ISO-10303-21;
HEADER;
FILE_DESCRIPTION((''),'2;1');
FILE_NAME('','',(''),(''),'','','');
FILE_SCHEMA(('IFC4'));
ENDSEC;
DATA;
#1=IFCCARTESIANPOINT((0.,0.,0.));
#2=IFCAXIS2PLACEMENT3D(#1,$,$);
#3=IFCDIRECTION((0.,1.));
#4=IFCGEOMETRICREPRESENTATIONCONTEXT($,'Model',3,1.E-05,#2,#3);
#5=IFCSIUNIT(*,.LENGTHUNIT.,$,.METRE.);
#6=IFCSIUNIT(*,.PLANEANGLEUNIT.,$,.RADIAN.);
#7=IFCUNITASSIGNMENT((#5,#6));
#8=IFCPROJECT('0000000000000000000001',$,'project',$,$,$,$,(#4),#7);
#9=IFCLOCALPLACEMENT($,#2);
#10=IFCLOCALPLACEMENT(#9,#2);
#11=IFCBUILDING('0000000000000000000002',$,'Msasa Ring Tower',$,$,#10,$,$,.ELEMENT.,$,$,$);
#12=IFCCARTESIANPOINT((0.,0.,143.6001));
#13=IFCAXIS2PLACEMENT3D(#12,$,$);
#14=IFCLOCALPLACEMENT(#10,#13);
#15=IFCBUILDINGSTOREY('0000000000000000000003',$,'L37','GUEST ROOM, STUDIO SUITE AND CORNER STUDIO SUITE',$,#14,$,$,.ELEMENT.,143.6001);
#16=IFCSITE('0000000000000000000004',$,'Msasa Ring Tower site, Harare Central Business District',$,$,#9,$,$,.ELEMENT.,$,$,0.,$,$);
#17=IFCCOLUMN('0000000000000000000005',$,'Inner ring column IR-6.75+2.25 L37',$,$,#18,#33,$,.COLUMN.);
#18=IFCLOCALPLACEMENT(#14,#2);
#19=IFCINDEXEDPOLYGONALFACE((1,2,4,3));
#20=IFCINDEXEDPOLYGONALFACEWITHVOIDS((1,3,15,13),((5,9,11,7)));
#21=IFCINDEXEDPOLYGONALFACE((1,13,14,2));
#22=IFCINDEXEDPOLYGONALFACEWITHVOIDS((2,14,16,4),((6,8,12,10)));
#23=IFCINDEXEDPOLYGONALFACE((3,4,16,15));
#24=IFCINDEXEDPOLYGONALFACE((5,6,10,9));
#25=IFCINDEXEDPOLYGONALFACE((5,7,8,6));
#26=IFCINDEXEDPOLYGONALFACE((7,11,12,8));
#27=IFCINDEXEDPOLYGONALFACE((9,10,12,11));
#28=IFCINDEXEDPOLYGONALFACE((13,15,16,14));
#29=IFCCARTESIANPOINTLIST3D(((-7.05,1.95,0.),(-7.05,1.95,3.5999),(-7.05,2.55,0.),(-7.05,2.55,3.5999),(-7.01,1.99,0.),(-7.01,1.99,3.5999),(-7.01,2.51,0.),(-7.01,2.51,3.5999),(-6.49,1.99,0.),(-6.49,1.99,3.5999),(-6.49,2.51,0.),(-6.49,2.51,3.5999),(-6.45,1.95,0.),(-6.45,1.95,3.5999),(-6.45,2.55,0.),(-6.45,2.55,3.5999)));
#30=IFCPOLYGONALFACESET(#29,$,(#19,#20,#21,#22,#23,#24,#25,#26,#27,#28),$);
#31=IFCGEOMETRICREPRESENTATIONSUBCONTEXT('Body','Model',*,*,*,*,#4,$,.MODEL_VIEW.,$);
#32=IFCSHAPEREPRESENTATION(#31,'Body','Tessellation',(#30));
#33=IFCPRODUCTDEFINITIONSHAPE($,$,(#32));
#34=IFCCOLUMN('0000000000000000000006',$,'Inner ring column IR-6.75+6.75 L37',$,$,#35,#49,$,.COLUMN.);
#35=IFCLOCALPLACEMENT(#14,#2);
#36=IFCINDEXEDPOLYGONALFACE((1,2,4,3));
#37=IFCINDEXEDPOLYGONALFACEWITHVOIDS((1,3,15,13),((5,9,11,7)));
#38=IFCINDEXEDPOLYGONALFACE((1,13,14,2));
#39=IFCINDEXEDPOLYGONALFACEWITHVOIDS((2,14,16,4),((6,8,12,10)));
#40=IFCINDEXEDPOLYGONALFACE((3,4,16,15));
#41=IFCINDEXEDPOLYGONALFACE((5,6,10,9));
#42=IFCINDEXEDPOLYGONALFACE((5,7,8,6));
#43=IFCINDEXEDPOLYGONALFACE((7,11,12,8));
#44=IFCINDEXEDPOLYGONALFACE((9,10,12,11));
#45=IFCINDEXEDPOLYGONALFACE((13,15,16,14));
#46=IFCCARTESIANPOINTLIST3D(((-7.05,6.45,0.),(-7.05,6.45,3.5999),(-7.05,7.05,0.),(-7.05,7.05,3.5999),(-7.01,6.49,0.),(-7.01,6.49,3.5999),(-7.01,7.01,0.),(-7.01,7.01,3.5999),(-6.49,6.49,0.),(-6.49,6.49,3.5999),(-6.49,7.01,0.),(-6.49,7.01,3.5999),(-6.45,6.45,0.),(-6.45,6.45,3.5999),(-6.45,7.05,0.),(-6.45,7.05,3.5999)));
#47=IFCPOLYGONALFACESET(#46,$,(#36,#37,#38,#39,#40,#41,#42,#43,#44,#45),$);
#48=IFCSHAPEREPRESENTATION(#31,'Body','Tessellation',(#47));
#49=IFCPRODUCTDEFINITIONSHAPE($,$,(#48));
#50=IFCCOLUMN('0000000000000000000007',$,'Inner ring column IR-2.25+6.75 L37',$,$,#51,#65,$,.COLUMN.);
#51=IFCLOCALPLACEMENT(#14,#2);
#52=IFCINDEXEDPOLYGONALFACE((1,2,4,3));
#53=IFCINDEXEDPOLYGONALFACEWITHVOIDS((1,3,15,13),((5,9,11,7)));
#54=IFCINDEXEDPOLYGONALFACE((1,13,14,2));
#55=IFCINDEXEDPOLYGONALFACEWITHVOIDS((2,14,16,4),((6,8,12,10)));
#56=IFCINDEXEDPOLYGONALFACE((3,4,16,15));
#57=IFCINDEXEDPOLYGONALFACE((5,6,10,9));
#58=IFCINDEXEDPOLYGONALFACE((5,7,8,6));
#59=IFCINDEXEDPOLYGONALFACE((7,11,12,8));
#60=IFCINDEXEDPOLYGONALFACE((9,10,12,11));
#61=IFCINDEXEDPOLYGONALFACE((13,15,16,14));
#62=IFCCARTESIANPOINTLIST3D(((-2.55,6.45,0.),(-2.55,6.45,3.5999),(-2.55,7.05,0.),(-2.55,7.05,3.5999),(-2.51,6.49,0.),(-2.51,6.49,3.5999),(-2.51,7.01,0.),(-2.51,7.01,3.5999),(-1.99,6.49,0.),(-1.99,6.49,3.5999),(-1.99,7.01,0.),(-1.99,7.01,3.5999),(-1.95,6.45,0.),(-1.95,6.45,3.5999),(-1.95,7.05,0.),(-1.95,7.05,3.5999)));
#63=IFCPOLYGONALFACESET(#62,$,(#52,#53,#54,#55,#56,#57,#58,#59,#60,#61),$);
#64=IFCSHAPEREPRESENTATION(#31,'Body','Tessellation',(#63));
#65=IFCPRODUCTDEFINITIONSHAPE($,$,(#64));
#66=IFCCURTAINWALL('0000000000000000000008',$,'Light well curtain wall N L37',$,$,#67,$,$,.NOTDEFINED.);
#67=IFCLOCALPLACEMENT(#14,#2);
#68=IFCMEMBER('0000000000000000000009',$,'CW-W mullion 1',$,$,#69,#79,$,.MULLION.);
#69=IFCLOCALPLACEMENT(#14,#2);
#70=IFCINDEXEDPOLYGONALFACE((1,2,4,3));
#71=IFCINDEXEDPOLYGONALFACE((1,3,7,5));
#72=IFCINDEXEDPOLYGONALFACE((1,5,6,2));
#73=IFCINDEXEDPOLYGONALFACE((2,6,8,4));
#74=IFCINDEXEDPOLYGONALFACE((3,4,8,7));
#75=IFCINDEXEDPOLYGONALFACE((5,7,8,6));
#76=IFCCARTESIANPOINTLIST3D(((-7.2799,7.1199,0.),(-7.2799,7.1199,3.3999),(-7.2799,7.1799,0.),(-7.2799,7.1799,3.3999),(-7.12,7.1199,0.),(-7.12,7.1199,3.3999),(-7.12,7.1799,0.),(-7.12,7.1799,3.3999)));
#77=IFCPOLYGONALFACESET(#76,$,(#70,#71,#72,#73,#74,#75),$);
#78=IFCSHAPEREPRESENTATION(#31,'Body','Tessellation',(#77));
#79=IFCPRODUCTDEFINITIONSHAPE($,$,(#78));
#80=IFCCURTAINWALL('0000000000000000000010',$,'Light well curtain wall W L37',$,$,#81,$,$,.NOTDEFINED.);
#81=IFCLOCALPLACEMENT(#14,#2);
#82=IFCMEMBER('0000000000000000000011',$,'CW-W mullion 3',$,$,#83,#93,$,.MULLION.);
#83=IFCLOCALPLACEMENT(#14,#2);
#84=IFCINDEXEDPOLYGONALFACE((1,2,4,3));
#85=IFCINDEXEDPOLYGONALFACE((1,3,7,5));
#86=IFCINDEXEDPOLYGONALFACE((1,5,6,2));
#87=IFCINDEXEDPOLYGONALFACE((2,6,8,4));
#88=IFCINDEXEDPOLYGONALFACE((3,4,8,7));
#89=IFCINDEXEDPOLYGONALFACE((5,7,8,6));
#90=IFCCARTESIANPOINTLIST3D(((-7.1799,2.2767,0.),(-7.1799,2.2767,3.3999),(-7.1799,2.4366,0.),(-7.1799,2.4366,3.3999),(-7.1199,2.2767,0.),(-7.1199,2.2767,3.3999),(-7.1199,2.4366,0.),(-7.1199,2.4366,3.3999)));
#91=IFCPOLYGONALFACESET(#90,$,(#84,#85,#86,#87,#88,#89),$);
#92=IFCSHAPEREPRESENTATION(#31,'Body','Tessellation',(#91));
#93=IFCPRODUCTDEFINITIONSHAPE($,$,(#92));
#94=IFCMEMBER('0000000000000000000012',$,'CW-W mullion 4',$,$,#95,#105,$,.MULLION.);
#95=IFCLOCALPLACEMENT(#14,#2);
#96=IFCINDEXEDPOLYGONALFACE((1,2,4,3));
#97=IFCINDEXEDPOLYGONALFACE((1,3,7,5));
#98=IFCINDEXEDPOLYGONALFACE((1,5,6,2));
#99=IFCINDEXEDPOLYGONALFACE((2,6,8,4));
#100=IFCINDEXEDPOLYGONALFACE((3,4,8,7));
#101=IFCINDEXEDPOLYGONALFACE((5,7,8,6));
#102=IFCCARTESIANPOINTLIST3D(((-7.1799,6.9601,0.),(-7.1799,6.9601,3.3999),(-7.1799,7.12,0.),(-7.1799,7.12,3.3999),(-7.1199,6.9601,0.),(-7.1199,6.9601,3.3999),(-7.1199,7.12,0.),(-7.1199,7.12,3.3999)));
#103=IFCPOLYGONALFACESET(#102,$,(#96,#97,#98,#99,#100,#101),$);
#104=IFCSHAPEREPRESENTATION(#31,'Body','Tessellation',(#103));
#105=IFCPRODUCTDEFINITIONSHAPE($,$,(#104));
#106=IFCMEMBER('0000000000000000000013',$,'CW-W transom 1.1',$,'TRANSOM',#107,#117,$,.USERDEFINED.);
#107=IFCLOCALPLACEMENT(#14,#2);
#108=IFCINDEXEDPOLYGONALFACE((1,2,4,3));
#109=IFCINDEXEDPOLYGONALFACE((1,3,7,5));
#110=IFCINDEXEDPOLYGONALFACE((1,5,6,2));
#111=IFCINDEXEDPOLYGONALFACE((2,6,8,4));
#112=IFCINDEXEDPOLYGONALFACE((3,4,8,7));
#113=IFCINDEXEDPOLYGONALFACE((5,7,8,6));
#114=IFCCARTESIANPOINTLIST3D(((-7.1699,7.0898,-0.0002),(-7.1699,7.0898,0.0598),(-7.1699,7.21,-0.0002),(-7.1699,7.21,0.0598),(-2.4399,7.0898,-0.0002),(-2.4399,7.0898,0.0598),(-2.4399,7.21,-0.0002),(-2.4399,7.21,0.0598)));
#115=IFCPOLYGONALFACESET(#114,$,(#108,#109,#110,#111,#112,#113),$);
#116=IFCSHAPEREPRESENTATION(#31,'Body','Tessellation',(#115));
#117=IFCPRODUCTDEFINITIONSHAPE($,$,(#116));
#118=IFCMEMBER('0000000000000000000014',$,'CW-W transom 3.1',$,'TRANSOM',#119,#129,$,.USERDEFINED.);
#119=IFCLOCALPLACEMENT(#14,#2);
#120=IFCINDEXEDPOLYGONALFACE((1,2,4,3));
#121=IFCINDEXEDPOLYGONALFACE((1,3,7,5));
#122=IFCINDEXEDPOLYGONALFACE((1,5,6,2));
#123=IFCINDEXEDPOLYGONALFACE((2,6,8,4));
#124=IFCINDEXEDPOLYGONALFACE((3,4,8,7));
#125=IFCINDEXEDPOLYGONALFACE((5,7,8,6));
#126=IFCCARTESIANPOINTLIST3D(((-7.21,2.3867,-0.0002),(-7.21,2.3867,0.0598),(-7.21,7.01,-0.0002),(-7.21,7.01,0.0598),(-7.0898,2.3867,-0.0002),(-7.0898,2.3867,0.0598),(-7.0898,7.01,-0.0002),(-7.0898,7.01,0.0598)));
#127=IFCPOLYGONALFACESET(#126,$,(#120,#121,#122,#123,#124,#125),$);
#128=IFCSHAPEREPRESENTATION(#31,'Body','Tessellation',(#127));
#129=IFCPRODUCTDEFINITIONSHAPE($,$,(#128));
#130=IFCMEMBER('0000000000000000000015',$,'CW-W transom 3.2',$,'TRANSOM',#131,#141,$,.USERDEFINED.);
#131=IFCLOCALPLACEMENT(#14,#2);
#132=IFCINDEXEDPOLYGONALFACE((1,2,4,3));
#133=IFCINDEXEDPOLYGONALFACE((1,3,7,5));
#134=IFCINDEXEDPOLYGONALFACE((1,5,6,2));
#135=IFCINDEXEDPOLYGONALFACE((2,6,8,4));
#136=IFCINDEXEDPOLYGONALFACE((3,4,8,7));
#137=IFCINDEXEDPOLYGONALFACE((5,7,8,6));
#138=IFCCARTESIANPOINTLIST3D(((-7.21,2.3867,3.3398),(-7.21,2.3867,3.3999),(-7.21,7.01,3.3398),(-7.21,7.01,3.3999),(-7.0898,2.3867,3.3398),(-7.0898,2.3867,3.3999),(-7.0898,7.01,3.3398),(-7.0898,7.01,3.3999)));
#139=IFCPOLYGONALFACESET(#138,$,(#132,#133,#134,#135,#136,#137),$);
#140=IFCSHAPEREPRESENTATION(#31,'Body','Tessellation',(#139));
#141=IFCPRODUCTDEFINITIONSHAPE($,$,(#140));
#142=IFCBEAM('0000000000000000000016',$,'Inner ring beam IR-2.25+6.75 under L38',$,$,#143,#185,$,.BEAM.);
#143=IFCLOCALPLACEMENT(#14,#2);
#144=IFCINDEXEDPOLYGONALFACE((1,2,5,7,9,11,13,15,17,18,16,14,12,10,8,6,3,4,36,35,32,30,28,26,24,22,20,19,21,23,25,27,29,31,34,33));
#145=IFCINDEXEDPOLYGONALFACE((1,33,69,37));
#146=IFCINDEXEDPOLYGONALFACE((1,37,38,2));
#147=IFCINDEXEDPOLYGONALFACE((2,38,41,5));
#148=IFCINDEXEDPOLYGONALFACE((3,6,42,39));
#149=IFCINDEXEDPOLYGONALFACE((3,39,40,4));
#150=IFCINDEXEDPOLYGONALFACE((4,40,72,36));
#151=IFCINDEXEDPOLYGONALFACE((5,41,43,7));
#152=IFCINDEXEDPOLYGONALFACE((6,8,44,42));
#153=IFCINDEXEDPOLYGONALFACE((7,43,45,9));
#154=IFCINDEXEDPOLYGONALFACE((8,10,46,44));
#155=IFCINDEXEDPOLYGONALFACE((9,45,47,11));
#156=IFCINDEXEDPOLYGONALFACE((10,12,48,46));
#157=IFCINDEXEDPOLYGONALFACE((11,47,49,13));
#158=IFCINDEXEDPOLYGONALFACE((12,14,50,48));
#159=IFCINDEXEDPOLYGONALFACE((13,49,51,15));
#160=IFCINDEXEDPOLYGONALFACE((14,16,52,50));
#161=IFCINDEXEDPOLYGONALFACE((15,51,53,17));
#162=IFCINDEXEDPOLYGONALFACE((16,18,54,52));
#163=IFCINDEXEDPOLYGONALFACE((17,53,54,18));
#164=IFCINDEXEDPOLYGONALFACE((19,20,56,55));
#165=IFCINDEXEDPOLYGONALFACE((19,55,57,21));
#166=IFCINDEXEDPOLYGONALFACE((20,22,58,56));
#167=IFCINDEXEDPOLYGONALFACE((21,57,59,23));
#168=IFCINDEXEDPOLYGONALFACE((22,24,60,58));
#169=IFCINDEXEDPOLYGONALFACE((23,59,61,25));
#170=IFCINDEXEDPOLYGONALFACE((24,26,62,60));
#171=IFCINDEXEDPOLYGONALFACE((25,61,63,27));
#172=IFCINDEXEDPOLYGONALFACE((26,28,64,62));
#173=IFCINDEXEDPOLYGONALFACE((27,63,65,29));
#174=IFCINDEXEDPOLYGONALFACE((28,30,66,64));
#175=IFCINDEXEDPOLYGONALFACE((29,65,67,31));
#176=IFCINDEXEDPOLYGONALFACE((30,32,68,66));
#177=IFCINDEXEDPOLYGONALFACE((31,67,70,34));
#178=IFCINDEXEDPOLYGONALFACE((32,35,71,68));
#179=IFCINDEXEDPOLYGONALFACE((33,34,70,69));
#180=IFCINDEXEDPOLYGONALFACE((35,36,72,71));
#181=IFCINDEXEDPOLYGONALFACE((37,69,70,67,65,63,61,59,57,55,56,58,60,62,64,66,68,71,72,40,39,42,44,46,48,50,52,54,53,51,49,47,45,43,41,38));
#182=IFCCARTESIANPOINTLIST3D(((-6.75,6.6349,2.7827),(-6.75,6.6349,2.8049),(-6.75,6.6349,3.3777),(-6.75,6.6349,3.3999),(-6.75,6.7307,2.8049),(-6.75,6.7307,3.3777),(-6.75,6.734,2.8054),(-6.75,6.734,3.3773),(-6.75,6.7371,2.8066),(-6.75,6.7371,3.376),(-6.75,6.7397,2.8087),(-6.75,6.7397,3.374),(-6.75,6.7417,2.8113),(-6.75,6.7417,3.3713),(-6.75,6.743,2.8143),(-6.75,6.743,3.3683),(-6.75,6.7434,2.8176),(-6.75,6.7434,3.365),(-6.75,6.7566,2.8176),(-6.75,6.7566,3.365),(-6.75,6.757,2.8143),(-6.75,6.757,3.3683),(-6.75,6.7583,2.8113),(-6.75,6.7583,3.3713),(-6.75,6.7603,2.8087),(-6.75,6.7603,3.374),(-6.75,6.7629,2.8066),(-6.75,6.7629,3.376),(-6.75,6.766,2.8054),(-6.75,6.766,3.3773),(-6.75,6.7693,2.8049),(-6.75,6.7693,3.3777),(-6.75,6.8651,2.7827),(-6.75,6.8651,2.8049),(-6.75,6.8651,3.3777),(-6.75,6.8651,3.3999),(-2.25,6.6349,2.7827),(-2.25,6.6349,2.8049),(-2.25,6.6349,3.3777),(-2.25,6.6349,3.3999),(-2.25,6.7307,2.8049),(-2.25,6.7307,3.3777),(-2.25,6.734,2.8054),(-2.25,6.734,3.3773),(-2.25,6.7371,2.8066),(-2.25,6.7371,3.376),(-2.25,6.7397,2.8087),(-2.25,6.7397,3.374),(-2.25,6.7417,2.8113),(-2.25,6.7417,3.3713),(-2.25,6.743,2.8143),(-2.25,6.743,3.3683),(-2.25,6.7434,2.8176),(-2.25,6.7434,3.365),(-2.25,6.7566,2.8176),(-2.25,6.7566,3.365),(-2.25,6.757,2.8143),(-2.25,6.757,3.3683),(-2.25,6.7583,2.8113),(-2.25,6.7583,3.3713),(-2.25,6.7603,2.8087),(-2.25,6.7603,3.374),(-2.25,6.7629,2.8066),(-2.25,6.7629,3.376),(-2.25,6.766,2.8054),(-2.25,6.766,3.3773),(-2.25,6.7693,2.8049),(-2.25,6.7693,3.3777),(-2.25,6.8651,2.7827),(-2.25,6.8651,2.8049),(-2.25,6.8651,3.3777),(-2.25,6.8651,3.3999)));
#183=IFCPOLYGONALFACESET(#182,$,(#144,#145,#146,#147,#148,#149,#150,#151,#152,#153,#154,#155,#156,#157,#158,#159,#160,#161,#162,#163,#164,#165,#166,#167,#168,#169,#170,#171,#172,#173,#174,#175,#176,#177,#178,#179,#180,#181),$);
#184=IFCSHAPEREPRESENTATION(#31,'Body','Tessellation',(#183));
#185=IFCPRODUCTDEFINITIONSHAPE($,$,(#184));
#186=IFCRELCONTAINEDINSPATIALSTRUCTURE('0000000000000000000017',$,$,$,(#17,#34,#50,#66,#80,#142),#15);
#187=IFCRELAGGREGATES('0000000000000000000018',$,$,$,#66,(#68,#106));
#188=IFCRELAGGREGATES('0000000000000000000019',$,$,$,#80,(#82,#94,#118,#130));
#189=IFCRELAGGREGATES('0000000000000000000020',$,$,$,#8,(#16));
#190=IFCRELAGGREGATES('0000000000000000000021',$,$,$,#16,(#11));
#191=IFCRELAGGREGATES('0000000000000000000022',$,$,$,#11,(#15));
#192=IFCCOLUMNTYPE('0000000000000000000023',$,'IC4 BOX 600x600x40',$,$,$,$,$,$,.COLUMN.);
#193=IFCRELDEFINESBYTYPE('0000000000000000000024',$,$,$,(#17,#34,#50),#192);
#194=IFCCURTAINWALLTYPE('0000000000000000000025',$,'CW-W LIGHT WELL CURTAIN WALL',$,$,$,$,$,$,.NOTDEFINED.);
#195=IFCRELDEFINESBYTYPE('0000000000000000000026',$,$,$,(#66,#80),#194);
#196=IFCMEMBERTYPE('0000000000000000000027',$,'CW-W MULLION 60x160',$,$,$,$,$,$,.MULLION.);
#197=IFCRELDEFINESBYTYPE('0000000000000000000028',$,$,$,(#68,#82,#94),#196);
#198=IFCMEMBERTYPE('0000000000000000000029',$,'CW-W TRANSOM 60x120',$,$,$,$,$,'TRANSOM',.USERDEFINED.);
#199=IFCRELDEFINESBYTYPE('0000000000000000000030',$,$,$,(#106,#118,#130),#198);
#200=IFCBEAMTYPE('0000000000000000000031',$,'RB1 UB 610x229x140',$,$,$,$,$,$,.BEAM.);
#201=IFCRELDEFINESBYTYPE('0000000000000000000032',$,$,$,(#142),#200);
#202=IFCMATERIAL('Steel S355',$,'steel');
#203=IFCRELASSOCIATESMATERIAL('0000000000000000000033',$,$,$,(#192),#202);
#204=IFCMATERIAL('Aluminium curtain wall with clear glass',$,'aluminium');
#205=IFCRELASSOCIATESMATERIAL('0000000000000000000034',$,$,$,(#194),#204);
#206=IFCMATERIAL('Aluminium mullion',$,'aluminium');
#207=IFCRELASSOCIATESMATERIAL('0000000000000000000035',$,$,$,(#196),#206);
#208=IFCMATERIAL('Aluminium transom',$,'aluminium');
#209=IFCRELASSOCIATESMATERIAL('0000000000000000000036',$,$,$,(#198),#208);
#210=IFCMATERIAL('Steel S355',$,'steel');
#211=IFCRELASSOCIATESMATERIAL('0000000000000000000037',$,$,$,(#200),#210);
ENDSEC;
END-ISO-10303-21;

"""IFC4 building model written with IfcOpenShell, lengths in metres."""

from ifc_helpers import new_model, si_unit, direction, frame, origin, origin_2d, place, context, subcontext, project, spatial, rectangle, hollow_rectangle, i_section, extrude, material, material_profile, profile_set, type_object, element, aggregate, save


model = new_model("IFC4")

# Units and contexts
model_context = context("Model", 3, precision=1e-05, world=origin(), true_north=direction((0.0, 1.0)))
body_context = subcontext(model_context, "Body", "Model", "MODEL_VIEW")
ifc_project = project(units=[si_unit("LENGTHUNIT", "METRE"), si_unit("PLANEANGLEUNIT", "RADIAN")], contexts=[model_context])

# Site, building, storey
site_placement = place(None, origin())
site = spatial("IfcSite", under=ifc_project, at=site_placement, Name="Msasa Ring Tower site, Harare Central Business District", CompositionType="ELEMENT", RefElevation=0.0)
building_placement = place(site_placement, origin())
building = spatial("IfcBuilding", under=site, at=building_placement, Name="Msasa Ring Tower", CompositionType="ELEMENT")
storey_placement = place(building_placement, frame((0.0, 0.0, 143.6001)))
storey = spatial("IfcBuildingStorey", under=building, at=storey_placement, Name="L37", Description="GUEST ROOM, STUDIO SUITE AND CORNER STUDIO SUITE", CompositionType="ELEMENT", Elevation=143.6001)

# Columns
ifc_material_1 = material(Name="Steel S355", Category="steel")
ifc_material_profile_1 = material_profile(ifc_material_1, hollow_rectangle(XDim=0.6001, YDim=0.6001, WallThickness=0.04, at=origin_2d()), Name="BOX 600x600x40")
ifc_profile_set_1 = profile_set([ifc_material_profile_1], Name="Steel S355")
column_type = type_object("IfcColumnType", Name="IC4 BOX 600x600x40", PredefinedType="COLUMN", material=ifc_profile_set_1)
for number, where, z_axis, x_axis, name in (
    (1, (-6.75, 2.25, 0.0), (0.0, 0.0, 1.0), (1.0, 0.0, 0.0), "Inner ring column IR-6.75+2.25 L37"),
    (2, (-6.75, 6.75, 0.0), (0.0, 0.0, 1.0), (1.0, 0.0, 0.0), "Inner ring column IR-6.75+6.75 L37"),
    (3, (-2.25, 6.75, 0.0), (0.0, 0.0, 1.0), (1.0, 0.0, 0.0), "Inner ring column IR-2.25+6.75 L37"),
):
    element("IfcColumn", number, at=place(storey_placement, frame(where, z_axis=z_axis, x_axis=x_axis)), inside=storey, type_object=column_type, Name=name, PredefinedType="COLUMN", context=body_context, shape_type="SweptSolid", body=[
        extrude(hollow_rectangle(XDim=0.6001, YDim=0.6001, WallThickness=0.04, at=origin_2d()), origin(), (0.0, 0.0, 1.0), 3.5999),
    ])

# Curtain wall, member
ifc_material_2 = material(Name="Aluminium curtain wall with clear glass", Category="aluminium")
curtain_wall_type = type_object("IfcCurtainWallType", Name="CW-W LIGHT WELL CURTAIN WALL", PredefinedType="NOTDEFINED", material=ifc_material_2)
curtain_wall_1_placement = place(storey_placement, origin())
curtain_wall_1 = element("IfcCurtainWall", 4, at=curtain_wall_1_placement, inside=storey, type_object=curtain_wall_type, Name="Light well curtain wall N L37", PredefinedType="NOTDEFINED")
ifc_material_3 = material(Name="Aluminium mullion", Category="aluminium")
ifc_material_profile_2 = material_profile(ifc_material_3, rectangle(XDim=0.0601, YDim=0.1599, at=origin_2d()), Name="AL 60x160")
ifc_profile_set_2 = profile_set([ifc_material_profile_2], Name="Aluminium mullion")
member_type_1 = type_object("IfcMemberType", Name="CW-W MULLION 60x160", PredefinedType="MULLION", material=ifc_profile_set_2)
member_1_placement = place(storey_placement, frame((-7.2, 7.1499, 0.0), z_axis=(0.0, 0.0, 1.0), x_axis=(0.0, 1.0, 0.0)))
member_1 = element("IfcMember", 5, at=member_1_placement, type_object=member_type_1, Name="CW-W mullion 1", PredefinedType="MULLION", context=body_context, shape_type="SweptSolid", body=[
    extrude(rectangle(XDim=0.0601, YDim=0.1599, at=origin_2d()), origin(), (0.0, 0.0, 1.0), 3.3999),
])

# Curtain wall, members
curtain_wall_2_placement = place(storey_placement, origin())
curtain_wall_2 = element("IfcCurtainWall", 6, at=curtain_wall_2_placement, inside=storey, type_object=curtain_wall_type, Name="Light well curtain wall W L37", PredefinedType="NOTDEFINED")
member_2_placement = place(storey_placement, frame((-7.1499, 2.3567, 0.0), z_axis=(0.0, 0.0, 1.0), x_axis=(-1.0, 0.0, 0.0)))
member_2 = element("IfcMember", 7, at=member_2_placement, type_object=member_type_1, Name="CW-W mullion 3", PredefinedType="MULLION", context=body_context, shape_type="SweptSolid", body=[
    extrude(rectangle(XDim=0.0601, YDim=0.1599, at=origin_2d()), origin(), (0.0, 0.0, 1.0), 3.3999),
])
member_3_placement = place(storey_placement, frame((-7.1499, 7.04, 0.0), z_axis=(0.0, 0.0, 1.0), x_axis=(-1.0, 0.0, 0.0)))
member_3 = element("IfcMember", 8, at=member_3_placement, type_object=member_type_1, Name="CW-W mullion 4", PredefinedType="MULLION", context=body_context, shape_type="SweptSolid", body=[
    extrude(rectangle(XDim=0.0601, YDim=0.1599, at=origin_2d()), origin(), (0.0, 0.0, 1.0), 3.3999),
])

# Members
ifc_material_4 = material(Name="Aluminium transom", Category="aluminium")
ifc_material_profile_3 = material_profile(ifc_material_4, rectangle(XDim=0.1201, YDim=0.0601, at=origin_2d()), Name="AL 60x120")
ifc_profile_set_3 = profile_set([ifc_material_profile_3], Name="Aluminium transom")
member_type_2 = type_object("IfcMemberType", Name="CW-W TRANSOM 60x120", ElementType="TRANSOM", PredefinedType="USERDEFINED", material=ifc_profile_set_3)
member_4_placement = place(storey_placement, frame((-7.1699, 7.1499, 0.0298), z_axis=(1.0, 0.0, 0.0), x_axis=(0.0, 1.0, 0.0)))
member_4 = element("IfcMember", 9, at=member_4_placement, type_object=member_type_2, Name="CW-W transom 1.1", ObjectType="TRANSOM", PredefinedType="USERDEFINED", context=body_context, shape_type="SweptSolid", body=[
    extrude(rectangle(XDim=0.1201, YDim=0.0601, at=origin_2d()), origin(), (0.0, 0.0, 1.0), 4.73),
])
aggregate(curtain_wall_1, [member_1, member_4])
member_5_placement = place(storey_placement, frame((-7.1499, 2.3867, 0.0298), z_axis=(0.0, 1.0, 0.0), x_axis=(-1.0, 0.0, 0.0)))
member_5 = element("IfcMember", 10, at=member_5_placement, type_object=member_type_2, Name="CW-W transom 3.1", ObjectType="TRANSOM", PredefinedType="USERDEFINED", context=body_context, shape_type="SweptSolid", body=[
    extrude(rectangle(XDim=0.1201, YDim=0.0601, at=origin_2d()), origin(), (0.0, 0.0, 1.0), 4.6233),
])
member_6_placement = place(storey_placement, frame((-7.1499, 2.3867, 3.3699), z_axis=(0.0, 1.0, 0.0), x_axis=(-1.0, 0.0, 0.0)))
member_6 = element("IfcMember", 11, at=member_6_placement, type_object=member_type_2, Name="CW-W transom 3.2", ObjectType="TRANSOM", PredefinedType="USERDEFINED", context=body_context, shape_type="SweptSolid", body=[
    extrude(rectangle(XDim=0.1201, YDim=0.0601, at=origin_2d()), origin(), (0.0, 0.0, 1.0), 4.6233),
])

# Beam
ifc_material_5 = material(Name="Steel S355", Category="steel")
ifc_material_profile_4 = material_profile(ifc_material_5, i_section(OverallWidth=0.2302, OverallDepth=0.6172, WebThickness=0.0132, FlangeThickness=0.0222, FilletRadius=0.0127, at=origin_2d()), Name="UB 610x229x140")
ifc_profile_set_4 = profile_set([ifc_material_profile_4], Name="Steel S355")
beam_type = type_object("IfcBeamType", Name="RB1 UB 610x229x140", PredefinedType="BEAM", material=ifc_profile_set_4)
for number, where, z_axis, x_axis, name in (
    (12, (-2.25, 6.75, 3.0913), (-1.0, 0.0, 0.0), (0.0, -1.0, 0.0), "Inner ring beam IR-2.25+6.75 under L38"),
):
    element("IfcBeam", number, at=place(storey_placement, frame(where, z_axis=z_axis, x_axis=x_axis)), inside=storey, type_object=beam_type, Name=name, PredefinedType="BEAM", context=body_context, shape_type="SweptSolid", body=[
        extrude(i_section(OverallWidth=0.2302, OverallDepth=0.6172, WebThickness=0.0132, FlangeThickness=0.0222, FilletRadius=0.0127, at=origin_2d()), origin(), (0.0, 0.0, 1.0), 4.5),
    ])

aggregate(curtain_wall_2, [member_2, member_3, member_5, member_6])

save(model, "model.ifc")
